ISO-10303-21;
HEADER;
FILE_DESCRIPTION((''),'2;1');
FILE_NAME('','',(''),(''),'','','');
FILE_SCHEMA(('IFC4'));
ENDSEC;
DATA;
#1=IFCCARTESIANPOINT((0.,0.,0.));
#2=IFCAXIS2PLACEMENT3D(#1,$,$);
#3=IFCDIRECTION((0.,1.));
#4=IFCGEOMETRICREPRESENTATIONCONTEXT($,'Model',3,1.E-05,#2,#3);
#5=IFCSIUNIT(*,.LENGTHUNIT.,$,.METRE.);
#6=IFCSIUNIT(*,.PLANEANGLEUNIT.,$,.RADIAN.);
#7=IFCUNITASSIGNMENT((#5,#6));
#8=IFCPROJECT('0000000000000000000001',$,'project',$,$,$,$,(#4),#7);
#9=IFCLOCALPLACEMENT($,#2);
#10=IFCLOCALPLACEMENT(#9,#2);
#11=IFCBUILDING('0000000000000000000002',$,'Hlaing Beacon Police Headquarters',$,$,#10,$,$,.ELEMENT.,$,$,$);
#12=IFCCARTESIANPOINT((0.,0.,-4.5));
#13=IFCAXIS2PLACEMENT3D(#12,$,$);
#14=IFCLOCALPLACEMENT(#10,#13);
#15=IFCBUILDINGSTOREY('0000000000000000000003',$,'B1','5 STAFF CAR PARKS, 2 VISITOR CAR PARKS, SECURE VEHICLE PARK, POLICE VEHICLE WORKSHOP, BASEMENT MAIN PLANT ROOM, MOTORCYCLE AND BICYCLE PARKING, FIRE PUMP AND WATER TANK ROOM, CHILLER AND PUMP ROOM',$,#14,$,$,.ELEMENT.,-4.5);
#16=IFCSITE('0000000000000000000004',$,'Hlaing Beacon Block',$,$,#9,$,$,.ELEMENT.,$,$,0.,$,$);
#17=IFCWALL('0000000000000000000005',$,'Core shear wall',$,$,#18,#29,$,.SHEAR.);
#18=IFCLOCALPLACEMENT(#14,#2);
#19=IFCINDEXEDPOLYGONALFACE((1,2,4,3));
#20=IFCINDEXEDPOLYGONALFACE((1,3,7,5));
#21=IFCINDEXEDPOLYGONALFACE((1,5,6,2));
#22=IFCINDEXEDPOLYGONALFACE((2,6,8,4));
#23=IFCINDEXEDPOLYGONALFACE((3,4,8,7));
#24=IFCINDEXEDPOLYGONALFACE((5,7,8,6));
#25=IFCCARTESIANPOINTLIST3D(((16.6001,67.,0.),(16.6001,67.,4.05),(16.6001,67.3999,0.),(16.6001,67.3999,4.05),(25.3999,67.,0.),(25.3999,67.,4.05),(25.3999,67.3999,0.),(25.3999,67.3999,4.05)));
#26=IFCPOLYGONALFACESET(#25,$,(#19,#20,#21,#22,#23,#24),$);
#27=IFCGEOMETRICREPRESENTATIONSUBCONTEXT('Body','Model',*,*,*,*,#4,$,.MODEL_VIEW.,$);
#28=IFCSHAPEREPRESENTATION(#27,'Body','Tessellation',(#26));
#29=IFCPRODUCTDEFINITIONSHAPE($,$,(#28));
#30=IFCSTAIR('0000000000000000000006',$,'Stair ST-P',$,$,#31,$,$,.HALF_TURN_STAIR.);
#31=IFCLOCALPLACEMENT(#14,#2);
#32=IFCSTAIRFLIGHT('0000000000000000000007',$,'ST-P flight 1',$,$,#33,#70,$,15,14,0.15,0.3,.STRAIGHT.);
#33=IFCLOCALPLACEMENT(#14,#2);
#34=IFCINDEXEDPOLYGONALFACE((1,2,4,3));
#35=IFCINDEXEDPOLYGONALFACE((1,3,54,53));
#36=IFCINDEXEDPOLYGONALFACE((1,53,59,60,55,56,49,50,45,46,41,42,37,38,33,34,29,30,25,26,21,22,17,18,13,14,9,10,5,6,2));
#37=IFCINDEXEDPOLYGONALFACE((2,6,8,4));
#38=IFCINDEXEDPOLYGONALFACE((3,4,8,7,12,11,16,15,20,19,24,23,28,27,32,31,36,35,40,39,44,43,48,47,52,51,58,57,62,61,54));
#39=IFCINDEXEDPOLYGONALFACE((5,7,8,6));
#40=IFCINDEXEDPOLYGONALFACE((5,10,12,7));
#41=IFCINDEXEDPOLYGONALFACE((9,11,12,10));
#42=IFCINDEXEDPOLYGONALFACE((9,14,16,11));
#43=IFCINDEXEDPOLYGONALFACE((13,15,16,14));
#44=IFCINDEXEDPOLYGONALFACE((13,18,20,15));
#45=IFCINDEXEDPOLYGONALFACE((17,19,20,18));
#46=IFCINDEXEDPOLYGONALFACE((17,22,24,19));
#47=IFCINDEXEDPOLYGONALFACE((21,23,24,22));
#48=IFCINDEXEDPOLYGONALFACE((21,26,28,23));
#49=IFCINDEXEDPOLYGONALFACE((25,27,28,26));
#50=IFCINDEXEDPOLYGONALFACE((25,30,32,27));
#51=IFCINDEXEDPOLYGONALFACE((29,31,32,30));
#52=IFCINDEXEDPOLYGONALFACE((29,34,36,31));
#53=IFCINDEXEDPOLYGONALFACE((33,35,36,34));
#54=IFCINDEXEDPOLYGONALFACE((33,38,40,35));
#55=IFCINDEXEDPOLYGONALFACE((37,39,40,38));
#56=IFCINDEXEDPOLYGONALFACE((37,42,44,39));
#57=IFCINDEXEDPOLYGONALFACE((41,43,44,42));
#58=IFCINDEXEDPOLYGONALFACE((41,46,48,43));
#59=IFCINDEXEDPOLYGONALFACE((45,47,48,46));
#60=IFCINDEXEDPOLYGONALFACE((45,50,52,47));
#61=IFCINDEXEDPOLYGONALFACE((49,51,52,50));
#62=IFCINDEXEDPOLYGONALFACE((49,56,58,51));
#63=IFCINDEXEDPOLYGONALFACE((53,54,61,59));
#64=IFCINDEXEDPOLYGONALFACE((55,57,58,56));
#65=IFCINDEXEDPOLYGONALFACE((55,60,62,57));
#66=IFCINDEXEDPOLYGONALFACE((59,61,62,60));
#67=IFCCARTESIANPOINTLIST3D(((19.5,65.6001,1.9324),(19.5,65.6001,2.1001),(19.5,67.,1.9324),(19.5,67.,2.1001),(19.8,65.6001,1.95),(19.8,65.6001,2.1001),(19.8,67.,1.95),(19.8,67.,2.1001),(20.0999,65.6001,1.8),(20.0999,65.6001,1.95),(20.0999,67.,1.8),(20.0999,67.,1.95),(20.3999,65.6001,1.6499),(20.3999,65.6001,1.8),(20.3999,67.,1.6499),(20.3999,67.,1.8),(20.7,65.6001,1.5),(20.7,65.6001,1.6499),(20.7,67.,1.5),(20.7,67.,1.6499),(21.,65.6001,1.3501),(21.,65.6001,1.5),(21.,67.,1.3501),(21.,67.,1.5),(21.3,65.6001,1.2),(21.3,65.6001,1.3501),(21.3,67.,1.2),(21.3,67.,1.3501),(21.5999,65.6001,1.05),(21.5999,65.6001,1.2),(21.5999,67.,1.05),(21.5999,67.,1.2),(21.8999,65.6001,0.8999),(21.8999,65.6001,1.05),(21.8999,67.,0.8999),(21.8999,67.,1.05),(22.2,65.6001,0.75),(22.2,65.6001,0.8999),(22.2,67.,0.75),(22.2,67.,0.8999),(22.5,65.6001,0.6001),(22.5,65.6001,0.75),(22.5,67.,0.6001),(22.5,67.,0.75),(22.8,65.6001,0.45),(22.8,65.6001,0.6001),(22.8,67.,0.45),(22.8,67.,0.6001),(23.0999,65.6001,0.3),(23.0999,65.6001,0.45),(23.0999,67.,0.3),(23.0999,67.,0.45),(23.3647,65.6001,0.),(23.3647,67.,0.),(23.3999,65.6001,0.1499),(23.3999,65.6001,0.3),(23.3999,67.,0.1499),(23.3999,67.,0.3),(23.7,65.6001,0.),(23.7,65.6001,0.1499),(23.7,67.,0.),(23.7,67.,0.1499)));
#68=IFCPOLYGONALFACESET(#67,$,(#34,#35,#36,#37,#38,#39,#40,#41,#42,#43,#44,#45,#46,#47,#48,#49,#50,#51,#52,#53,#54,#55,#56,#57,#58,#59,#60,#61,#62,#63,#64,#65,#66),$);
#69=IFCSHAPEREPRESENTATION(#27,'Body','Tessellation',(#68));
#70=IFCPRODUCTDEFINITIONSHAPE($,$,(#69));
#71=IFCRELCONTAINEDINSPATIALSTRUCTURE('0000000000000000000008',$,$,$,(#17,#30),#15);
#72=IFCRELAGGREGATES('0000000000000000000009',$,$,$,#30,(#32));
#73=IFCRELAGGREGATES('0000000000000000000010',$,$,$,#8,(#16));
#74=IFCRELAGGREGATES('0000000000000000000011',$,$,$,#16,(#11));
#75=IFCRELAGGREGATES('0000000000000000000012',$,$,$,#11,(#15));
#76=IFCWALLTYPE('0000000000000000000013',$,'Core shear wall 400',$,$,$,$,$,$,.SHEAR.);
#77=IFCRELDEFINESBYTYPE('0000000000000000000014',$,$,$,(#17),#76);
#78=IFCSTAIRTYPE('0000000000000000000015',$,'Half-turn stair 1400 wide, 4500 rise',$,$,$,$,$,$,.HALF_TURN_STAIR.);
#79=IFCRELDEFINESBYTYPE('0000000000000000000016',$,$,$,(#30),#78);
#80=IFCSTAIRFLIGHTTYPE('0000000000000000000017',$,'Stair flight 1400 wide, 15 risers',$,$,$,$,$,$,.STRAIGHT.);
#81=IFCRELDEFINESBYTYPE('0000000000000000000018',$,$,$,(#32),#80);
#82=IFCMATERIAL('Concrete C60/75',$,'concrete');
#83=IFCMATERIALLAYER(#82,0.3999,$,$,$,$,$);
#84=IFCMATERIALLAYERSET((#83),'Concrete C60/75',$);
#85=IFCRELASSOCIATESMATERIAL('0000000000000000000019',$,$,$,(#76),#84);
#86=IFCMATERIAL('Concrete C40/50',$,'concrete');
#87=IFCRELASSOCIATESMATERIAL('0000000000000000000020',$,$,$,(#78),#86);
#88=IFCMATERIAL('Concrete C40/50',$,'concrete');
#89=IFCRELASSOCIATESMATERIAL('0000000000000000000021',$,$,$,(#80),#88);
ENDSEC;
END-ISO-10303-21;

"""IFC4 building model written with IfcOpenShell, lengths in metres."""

from ifc_helpers import new_model, si_unit, direction, frame, frame_2d, origin, place, context, subcontext, project, spatial, polyline, rectangle, outline, extrude, material, layer, layer_set, type_object, element, aggregate, save


model = new_model("IFC4")

# Units and contexts
model_context = context("Model", 3, precision=1e-05, world=origin(), true_north=direction((0.0, 1.0)))
body_context = subcontext(model_context, "Body", "Model", "MODEL_VIEW")
ifc_project = project(units=[si_unit("LENGTHUNIT", "METRE"), si_unit("PLANEANGLEUNIT", "RADIAN")], contexts=[model_context])

# Site, building, storey
site_placement = place(None, origin())
site = spatial("IfcSite", under=ifc_project, at=site_placement, Name="Hlaing Beacon Block", CompositionType="ELEMENT", RefElevation=0.0)
building_placement = place(site_placement, origin())
building = spatial("IfcBuilding", under=site, at=building_placement, Name="Hlaing Beacon Police Headquarters", CompositionType="ELEMENT")
storey_placement = place(building_placement, frame((0.0, 0.0, -4.5)))
storey = spatial("IfcBuildingStorey", under=building, at=storey_placement, Name="B1", Description="5 STAFF CAR PARKS, 2 VISITOR CAR PARKS, SECURE VEHICLE PARK, POLICE VEHICLE WORKSHOP, BASEMENT MAIN PLANT ROOM, MOTORCYCLE AND BICYCLE PARKING, FIRE PUMP AND WATER TANK ROOM, CHILLER AND PUMP ROOM", CompositionType="ELEMENT", Elevation=-4.5)

# Wall
ifc_material_1 = material(Name="Concrete C60/75", Category="concrete")
ifc_layer_1 = layer(ifc_material_1, 0.3999)
ifc_layer_set_1 = layer_set([ifc_layer_1], Name="Concrete C60/75")
wall_type = type_object("IfcWallType", Name="Core shear wall 400", PredefinedType="SHEAR", material=ifc_layer_set_1)
wall_1_placement = place(storey_placement, frame((16.6001, 67.2, 0.0), z_axis=(0.0, 0.0, 1.0), x_axis=(1.0, 0.0, 0.0)))
element("IfcWall", 1, at=wall_1_placement, inside=storey, type_object=wall_type, Name="Core shear wall", PredefinedType="SHEAR", context=body_context, shape_type="SweptSolid", body=[
    extrude(rectangle(XDim=8.7998, YDim=0.3999, at=frame_2d((4.3999, 0.0))), origin(), (0.0, 0.0, 1.0), 4.05),
])

# Stair, stair flight
ifc_material_2 = material(Name="Concrete C40/50", Category="concrete")
stair_type = type_object("IfcStairType", Name="Half-turn stair 1400 wide, 4500 rise", PredefinedType="HALF_TURN_STAIR", material=ifc_material_2)
stair_placement = place(storey_placement, origin())
stair = element("IfcStair", 2, at=stair_placement, inside=storey, type_object=stair_type, Name="Stair ST-P", PredefinedType="HALF_TURN_STAIR")
ifc_material_3 = material(Name="Concrete C40/50", Category="concrete")
stair_flight_type = type_object("IfcStairFlightType", Name="Stair flight 1400 wide, 15 risers", PredefinedType="STRAIGHT", material=ifc_material_3)
stair_flight_placement = place(storey_placement, frame((23.7, 66.3, 0.0), z_axis=(0.0, 0.0, 1.0), x_axis=(-1.0, 0.0, 0.0)))
stair_flight = element("IfcStairFlight", 3, at=stair_flight_placement, type_object=stair_flight_type, Name="ST-P flight 1", NumberOfRisers=15, NumberOfTreads=14, PredefinedType="STRAIGHT", RiserHeight=0.15, TreadLength=0.3, context=body_context, shape_type="SweptSolid", body=[
    extrude(outline(polyline([(0.0, 0.0), (0.0, 0.1499), (0.3, 0.1499), (0.3, 0.3), (0.6001, 0.3), (0.6001, 0.45), (0.8999, 0.45), (0.8999, 0.6001), (1.2, 0.6001), (1.2, 0.75), (1.5, 0.75), (1.5, 0.8999), (1.8, 0.8999), (1.8, 1.05), (2.1001, 1.05), (2.1001, 1.2), (2.3999, 1.2), (2.3999, 1.3501), (2.7, 1.3501), (2.7, 1.5), (3.0, 1.5), (3.0, 1.6499), (3.3, 1.6499), (3.3, 1.8), (3.6001, 1.8), (3.6001, 1.95), (3.8999, 1.95), (3.8999, 2.1001), (4.2, 2.1001), (4.2, 2.25), (4.2, 1.9324), (0.3352, 0.0), (0.0, 0.0)])), frame((0.0, 0.7, 0.0), z_axis=(0.0, -1.0, 0.0), x_axis=(1.0, 0.0, 0.0)), (0.0, 0.0, 1.0), 1.3999),
])
aggregate(stair, [stair_flight])

save(model, "model.ifc")
